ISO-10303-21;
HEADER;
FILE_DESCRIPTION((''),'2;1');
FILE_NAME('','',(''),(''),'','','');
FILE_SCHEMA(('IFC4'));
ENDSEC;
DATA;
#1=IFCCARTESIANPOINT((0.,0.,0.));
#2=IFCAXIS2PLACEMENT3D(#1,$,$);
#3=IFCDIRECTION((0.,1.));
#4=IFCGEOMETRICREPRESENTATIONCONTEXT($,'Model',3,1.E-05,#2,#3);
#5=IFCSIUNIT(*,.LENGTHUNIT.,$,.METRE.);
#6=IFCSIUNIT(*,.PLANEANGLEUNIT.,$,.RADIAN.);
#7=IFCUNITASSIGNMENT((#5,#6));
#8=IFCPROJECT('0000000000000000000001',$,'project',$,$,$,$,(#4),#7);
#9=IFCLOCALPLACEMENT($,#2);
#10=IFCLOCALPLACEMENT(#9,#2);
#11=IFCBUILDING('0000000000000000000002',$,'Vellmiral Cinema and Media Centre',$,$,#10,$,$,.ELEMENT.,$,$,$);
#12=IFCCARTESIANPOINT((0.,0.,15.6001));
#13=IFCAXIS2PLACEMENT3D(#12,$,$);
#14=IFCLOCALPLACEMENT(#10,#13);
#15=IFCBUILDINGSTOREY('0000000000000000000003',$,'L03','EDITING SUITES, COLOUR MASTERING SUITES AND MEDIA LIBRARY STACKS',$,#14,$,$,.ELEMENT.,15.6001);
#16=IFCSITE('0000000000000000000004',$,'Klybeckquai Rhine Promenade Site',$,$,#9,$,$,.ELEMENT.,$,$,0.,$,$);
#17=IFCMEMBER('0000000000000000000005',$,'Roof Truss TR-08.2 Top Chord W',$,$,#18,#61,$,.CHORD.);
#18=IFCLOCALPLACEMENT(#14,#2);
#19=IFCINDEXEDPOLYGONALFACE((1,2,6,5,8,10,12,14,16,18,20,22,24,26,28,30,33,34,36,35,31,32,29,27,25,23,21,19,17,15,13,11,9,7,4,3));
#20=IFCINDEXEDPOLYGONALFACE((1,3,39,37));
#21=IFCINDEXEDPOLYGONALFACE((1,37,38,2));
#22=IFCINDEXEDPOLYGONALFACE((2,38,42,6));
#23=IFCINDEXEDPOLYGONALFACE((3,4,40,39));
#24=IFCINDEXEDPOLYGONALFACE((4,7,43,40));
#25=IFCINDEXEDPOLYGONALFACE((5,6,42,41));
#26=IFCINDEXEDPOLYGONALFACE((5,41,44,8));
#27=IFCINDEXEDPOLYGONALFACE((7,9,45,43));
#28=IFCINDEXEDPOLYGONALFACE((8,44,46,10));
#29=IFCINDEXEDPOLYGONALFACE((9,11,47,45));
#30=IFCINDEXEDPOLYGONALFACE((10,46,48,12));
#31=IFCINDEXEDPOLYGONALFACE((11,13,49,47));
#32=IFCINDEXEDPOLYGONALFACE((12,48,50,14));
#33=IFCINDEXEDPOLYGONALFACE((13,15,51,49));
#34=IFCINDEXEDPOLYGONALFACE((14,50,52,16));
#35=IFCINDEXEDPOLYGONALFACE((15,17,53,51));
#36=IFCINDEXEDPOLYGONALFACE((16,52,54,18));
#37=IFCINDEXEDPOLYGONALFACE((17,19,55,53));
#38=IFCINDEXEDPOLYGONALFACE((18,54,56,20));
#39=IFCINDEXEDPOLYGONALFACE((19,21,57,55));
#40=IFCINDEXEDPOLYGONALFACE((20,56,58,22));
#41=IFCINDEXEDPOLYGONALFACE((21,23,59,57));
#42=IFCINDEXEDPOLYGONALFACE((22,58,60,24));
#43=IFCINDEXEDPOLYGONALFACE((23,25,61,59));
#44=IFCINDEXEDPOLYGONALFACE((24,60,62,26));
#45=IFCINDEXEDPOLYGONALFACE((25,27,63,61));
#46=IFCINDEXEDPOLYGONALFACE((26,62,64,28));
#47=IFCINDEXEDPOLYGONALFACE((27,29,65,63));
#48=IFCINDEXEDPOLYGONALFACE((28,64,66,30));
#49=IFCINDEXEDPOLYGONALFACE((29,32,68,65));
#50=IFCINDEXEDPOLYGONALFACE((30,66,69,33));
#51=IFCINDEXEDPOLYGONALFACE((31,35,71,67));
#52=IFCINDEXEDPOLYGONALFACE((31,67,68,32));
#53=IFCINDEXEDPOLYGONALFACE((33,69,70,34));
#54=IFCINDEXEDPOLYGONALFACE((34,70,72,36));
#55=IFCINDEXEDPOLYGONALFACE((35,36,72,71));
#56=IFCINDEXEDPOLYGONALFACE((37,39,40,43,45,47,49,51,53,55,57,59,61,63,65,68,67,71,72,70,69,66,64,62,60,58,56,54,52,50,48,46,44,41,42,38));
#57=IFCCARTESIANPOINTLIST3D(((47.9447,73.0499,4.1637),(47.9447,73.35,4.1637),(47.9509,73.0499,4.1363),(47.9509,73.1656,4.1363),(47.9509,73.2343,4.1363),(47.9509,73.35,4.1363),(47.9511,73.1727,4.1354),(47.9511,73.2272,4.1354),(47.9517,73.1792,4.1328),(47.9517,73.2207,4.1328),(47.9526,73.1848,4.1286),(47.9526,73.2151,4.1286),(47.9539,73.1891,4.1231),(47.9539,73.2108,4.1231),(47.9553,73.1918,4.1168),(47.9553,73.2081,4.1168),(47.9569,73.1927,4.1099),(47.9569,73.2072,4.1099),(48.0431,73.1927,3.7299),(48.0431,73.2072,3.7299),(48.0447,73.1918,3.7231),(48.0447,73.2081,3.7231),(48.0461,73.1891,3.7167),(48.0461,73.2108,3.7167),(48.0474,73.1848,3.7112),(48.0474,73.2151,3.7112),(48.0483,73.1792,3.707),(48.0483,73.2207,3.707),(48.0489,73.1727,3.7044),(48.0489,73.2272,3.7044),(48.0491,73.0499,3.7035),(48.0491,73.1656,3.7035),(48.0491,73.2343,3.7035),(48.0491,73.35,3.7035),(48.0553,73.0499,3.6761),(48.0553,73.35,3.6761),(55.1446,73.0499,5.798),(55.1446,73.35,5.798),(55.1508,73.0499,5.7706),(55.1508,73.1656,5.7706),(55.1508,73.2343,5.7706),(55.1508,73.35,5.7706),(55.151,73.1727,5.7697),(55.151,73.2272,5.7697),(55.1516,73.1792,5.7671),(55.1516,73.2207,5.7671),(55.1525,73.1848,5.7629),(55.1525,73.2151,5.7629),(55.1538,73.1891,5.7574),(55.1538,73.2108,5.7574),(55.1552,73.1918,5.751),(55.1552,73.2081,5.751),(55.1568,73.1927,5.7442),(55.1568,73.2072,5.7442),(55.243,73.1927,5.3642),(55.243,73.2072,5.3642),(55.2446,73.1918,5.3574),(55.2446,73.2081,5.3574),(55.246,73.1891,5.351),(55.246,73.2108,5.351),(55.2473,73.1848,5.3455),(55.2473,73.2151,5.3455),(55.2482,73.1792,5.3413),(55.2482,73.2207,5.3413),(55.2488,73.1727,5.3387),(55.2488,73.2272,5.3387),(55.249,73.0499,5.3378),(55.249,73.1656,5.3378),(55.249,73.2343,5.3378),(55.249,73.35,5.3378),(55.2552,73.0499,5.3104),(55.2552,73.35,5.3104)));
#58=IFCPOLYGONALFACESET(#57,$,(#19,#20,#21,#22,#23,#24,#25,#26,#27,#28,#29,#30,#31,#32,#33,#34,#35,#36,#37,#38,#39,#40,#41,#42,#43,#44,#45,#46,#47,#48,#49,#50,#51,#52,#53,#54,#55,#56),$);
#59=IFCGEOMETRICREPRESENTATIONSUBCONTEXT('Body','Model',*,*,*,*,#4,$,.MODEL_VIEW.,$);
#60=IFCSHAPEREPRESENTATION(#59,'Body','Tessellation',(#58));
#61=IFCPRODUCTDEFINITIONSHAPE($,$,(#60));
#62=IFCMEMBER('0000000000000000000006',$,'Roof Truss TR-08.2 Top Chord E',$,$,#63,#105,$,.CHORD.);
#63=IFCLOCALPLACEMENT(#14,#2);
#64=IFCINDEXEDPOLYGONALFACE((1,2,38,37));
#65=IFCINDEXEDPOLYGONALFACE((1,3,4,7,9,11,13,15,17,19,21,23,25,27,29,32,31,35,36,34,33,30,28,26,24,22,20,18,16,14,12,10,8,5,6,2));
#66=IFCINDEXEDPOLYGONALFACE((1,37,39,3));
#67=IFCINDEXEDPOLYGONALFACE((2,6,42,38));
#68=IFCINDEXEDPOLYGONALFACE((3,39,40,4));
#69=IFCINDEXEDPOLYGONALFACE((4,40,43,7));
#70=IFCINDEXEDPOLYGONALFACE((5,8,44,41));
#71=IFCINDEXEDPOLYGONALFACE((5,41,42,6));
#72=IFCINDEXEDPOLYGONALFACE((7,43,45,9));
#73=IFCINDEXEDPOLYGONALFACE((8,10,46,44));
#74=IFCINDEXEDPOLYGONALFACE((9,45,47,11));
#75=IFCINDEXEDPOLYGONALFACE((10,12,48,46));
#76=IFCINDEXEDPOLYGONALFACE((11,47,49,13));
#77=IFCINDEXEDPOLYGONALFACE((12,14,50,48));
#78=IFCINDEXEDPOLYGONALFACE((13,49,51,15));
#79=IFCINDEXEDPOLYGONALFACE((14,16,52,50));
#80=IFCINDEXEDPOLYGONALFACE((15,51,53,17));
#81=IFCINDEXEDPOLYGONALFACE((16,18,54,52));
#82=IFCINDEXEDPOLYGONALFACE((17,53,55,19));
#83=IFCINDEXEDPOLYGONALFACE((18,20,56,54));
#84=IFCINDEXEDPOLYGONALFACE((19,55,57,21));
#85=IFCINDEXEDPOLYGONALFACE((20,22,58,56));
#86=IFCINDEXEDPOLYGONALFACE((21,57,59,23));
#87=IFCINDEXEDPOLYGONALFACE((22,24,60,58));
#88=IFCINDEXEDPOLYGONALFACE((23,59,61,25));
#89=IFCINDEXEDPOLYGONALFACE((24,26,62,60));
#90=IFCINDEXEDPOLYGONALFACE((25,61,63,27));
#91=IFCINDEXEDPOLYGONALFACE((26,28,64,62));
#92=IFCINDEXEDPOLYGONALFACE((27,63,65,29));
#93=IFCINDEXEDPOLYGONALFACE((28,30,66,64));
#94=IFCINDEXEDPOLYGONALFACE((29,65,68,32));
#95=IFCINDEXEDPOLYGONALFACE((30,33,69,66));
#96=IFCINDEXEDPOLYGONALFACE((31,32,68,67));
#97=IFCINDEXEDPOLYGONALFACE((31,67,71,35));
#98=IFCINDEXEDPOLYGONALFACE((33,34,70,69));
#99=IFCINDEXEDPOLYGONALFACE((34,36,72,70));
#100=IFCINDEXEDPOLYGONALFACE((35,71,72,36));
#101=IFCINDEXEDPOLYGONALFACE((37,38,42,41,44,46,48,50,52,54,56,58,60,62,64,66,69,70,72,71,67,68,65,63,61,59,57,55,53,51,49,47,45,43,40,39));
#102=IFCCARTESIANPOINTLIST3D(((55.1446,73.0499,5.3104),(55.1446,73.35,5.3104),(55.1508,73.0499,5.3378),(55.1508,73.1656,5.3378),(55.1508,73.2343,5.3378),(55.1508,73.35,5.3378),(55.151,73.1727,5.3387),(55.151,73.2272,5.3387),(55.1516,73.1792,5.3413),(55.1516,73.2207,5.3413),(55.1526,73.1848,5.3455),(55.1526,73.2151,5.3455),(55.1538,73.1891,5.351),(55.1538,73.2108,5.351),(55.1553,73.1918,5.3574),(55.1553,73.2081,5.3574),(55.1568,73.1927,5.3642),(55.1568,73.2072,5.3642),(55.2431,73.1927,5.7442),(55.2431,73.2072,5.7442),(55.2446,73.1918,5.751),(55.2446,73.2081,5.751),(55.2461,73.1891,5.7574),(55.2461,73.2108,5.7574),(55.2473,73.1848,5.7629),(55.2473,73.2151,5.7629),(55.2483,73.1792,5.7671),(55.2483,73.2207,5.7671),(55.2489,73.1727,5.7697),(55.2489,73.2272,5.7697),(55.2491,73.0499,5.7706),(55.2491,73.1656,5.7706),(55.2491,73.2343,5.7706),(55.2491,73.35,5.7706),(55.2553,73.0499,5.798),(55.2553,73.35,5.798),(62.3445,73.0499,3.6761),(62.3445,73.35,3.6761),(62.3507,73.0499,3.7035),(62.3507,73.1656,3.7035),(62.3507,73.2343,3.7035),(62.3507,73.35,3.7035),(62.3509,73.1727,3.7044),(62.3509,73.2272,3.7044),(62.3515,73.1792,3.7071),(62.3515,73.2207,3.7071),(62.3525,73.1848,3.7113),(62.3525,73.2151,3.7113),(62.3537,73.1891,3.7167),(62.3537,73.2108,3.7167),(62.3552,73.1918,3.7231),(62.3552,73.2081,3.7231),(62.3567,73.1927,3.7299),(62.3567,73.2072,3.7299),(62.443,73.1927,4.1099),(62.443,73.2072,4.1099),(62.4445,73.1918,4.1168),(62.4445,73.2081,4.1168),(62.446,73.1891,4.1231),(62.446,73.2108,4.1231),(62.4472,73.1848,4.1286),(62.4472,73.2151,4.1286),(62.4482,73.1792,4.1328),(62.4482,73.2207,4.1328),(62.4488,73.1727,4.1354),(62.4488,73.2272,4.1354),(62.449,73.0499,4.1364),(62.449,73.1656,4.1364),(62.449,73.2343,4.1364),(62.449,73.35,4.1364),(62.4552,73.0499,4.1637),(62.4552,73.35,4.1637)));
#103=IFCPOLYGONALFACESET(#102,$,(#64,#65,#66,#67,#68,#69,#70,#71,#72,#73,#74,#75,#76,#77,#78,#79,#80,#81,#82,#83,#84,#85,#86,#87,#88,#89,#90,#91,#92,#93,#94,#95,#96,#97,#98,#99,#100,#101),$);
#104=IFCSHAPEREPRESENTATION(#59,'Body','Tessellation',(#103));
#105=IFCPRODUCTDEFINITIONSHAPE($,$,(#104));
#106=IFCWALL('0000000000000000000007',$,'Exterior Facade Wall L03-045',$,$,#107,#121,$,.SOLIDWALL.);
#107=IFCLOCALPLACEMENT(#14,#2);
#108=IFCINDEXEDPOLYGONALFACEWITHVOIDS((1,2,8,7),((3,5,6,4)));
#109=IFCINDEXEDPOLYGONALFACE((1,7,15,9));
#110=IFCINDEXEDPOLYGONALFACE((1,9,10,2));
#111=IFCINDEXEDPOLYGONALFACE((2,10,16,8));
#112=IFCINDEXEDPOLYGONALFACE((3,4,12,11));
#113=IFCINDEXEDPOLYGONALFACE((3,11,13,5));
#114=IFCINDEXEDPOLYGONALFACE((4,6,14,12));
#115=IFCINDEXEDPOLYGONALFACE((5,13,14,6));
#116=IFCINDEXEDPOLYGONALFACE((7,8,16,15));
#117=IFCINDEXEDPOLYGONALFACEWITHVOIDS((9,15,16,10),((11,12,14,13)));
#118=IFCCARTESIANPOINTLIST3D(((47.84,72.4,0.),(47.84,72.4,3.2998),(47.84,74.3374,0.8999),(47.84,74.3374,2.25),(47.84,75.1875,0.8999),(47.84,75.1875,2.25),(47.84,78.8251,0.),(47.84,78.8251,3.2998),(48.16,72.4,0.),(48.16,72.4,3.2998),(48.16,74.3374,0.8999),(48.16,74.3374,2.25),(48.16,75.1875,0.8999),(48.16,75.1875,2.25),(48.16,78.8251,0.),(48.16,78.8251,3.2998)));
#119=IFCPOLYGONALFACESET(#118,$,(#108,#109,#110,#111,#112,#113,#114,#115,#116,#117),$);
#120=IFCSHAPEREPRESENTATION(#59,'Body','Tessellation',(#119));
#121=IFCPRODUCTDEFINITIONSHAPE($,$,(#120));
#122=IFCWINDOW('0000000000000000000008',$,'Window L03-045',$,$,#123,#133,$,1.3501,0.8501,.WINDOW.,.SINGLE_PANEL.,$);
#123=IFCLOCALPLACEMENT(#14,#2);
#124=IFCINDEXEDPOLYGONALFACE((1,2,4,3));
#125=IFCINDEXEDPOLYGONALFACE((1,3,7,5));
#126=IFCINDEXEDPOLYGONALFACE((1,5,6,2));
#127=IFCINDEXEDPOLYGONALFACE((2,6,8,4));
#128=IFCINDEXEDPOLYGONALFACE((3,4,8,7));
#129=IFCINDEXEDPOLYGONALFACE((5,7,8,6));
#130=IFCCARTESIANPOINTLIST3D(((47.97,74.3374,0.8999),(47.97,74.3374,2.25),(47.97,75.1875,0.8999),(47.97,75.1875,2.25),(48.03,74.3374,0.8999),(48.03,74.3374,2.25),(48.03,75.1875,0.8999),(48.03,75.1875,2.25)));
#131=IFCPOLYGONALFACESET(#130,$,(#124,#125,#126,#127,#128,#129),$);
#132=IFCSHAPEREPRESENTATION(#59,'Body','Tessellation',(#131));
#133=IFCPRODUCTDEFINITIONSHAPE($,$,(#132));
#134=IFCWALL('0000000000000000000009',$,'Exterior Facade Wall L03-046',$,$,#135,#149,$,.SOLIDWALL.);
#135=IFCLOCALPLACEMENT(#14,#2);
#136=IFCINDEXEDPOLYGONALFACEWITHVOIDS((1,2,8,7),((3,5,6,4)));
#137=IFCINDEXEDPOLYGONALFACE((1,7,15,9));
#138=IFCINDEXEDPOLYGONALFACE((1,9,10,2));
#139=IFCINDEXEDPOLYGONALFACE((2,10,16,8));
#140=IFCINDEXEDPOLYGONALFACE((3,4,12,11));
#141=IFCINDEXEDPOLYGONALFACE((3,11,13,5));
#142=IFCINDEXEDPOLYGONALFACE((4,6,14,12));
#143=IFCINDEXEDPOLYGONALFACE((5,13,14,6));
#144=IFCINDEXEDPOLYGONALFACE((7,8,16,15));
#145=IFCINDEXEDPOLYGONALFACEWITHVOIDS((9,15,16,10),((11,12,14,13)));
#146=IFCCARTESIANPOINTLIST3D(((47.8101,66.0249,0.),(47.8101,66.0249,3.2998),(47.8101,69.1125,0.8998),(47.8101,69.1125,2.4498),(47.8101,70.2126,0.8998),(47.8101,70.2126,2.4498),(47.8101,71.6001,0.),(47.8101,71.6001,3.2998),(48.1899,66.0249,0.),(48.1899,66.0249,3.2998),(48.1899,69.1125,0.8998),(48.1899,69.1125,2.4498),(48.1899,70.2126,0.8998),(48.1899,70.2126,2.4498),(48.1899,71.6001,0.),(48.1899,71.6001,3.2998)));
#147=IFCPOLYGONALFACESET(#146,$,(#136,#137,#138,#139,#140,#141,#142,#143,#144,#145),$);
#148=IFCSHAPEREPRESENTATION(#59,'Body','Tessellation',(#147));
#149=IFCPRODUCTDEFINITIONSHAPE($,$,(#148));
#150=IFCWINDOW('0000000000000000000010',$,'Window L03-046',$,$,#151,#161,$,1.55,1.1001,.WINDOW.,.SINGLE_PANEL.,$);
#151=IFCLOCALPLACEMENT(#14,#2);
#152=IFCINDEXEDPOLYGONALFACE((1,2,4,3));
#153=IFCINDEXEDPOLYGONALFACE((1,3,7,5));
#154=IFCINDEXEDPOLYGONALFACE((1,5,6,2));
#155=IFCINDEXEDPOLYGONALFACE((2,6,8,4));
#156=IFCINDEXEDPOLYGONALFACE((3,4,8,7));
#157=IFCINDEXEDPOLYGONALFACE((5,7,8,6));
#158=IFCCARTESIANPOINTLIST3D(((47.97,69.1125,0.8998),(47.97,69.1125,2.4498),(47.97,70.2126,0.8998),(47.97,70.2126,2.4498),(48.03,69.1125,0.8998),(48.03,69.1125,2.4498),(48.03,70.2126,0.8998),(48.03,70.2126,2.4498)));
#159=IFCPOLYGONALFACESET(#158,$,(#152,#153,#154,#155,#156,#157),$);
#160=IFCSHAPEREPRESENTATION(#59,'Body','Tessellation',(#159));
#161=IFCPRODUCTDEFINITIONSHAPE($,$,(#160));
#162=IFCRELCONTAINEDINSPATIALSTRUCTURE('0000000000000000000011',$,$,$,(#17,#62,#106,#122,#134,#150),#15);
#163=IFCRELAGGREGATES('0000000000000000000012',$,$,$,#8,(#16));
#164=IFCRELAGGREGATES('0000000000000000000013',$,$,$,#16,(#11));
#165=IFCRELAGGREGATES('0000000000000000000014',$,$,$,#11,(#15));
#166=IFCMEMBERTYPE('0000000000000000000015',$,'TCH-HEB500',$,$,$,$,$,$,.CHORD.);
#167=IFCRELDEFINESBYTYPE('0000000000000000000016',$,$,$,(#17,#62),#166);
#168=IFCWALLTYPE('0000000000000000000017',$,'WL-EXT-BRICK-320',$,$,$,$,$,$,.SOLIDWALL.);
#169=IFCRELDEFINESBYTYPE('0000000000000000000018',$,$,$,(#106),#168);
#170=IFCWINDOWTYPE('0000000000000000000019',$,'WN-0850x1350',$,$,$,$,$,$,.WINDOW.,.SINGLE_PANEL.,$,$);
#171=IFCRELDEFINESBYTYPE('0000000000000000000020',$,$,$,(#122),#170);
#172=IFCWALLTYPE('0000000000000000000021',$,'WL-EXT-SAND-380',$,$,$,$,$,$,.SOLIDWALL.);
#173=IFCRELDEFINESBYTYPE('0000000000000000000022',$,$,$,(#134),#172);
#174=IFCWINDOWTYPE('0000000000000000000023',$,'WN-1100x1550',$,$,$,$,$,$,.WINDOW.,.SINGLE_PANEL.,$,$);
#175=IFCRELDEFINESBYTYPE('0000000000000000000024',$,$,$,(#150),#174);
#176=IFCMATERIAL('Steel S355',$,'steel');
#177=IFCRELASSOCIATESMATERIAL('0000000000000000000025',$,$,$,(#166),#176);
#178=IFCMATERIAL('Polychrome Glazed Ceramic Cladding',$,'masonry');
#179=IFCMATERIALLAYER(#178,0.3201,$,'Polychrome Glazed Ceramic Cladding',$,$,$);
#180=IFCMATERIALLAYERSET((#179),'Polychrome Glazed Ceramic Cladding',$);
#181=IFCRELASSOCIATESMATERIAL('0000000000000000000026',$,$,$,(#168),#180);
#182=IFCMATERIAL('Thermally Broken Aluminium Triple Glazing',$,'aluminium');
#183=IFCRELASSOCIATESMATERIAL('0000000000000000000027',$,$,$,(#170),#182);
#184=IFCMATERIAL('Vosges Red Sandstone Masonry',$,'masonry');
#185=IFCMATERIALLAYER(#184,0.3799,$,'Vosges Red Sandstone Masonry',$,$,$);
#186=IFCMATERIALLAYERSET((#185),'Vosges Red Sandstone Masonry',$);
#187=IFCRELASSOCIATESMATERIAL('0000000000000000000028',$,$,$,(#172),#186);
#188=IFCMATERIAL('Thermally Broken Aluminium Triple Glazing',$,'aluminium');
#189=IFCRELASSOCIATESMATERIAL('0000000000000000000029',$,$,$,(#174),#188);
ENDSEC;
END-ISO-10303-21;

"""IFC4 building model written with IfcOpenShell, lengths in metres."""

from ifc_helpers import new_model, si_unit, direction, frame, frame_2d, origin, origin_2d, place, context, subcontext, project, spatial, rectangle, i_section, extrude, material, layer, layer_set, material_profile, profile_set, type_object, element, fill, save


model = new_model("IFC4")

# Units and contexts
model_context = context("Model", 3, precision=1e-05, world=origin(), true_north=direction((0.0, 1.0)))
body_context = subcontext(model_context, "Body", "Model", "MODEL_VIEW")
ifc_project = project(units=[si_unit("LENGTHUNIT", "METRE"), si_unit("PLANEANGLEUNIT", "RADIAN")], contexts=[model_context])

# Site, building, storey
site_placement = place(None, origin())
site = spatial("IfcSite", under=ifc_project, at=site_placement, Name="Klybeckquai Rhine Promenade Site", CompositionType="ELEMENT", RefElevation=0.0)
building_placement = place(site_placement, origin())
building = spatial("IfcBuilding", under=site, at=building_placement, Name="Vellmiral Cinema and Media Centre", CompositionType="ELEMENT")
storey_placement = place(building_placement, frame((0.0, 0.0, 15.6001)))
storey = spatial("IfcBuildingStorey", under=building, at=storey_placement, Name="L03", Description="EDITING SUITES, COLOUR MASTERING SUITES AND MEDIA LIBRARY STACKS", CompositionType="ELEMENT", Elevation=15.6001)

# Members
ifc_material_1 = material(Name="Steel S355", Category="steel")
ifc_material_profile_1 = material_profile(ifc_material_1, i_section(OverallWidth=0.3, OverallDepth=0.5, WebThickness=0.0144, FlangeThickness=0.0281, FilletRadius=0.0271, at=origin_2d()), Name="HEB 500")
ifc_profile_set_1 = profile_set([ifc_material_profile_1], Name="Steel S355")
member_type_1 = type_object("IfcMemberType", Name="TCH-HEB500", PredefinedType="CHORD", material=ifc_profile_set_1)
for number, where, z_axis, x_axis, name in (
    (1, (48.0, 73.2, 3.9199), (0.975194, 0.0, 0.221354), (0.0, 1.0, 0.0), "Roof Truss TR-08.2 Top Chord W"),
    (2, (55.2, 73.2, 5.5542), (0.975194, 0.0, -0.221354), (0.0, 1.0, 0.0), "Roof Truss TR-08.2 Top Chord E"),
):
    element("IfcMember", number, at=place(storey_placement, frame(where, z_axis=z_axis, x_axis=x_axis)), inside=storey, type_object=member_type_1, Name=name, PredefinedType="CHORD", context=body_context, shape_type="SweptSolid", body=[
        extrude(i_section(OverallWidth=0.3, OverallDepth=0.5, WebThickness=0.0144, FlangeThickness=0.0281, FilletRadius=0.0271, at=origin_2d()), origin(), (0.0, 0.0, 1.0), 7.3831),
    ])

# Walls, openings, windows
ifc_material_2 = material(Name="Polychrome Glazed Ceramic Cladding", Category="masonry")
ifc_layer_1 = layer(ifc_material_2, 0.3201, Name="Polychrome Glazed Ceramic Cladding")
ifc_layer_set_1 = layer_set([ifc_layer_1], Name="Polychrome Glazed Ceramic Cladding")
wall_type_1 = type_object("IfcWallType", Name="WL-EXT-BRICK-320", PredefinedType="SOLIDWALL", material=ifc_layer_set_1)
wall_1_placement = place(storey_placement, frame((48.0, 78.825, 0.0), z_axis=(0.0, 0.0, 1.0), x_axis=(0.0, -1.0, 0.0)))
wall_1 = element("IfcWall", 3, at=wall_1_placement, inside=storey, type_object=wall_type_1, Name="Exterior Facade Wall L03-045", PredefinedType="SOLIDWALL", context=body_context, shape_type="SweptSolid", body=[
    extrude(rectangle(XDim=6.425, YDim=0.3201, at=frame_2d((3.2124, 0.0))), origin(), (0.0, 0.0, 1.0), 3.2998),
])
opening_1_placement = place(wall_1_placement, frame((3.6375, 0.0, 0.8999)))
opening_1 = element("IfcOpeningElement", 4, at=opening_1_placement, cuts=wall_1, PredefinedType="OPENING", context=body_context, shape_type="SweptSolid", body=[
    extrude(rectangle(XDim=0.8501, YDim=1.3501, at=frame_2d((0.425, 0.675))), frame((0.0, 0.1719, 0.0), z_axis=(0.0, -1.0, 0.0), x_axis=(1.0, 0.0, 0.0)), (0.0, 0.0, 1.0), 0.344),
])
ifc_material_3 = material(Name="Thermally Broken Aluminium Triple Glazing", Category="aluminium")
window_type_1 = type_object("IfcWindowType", Name="WN-0850x1350", PartitioningType="SINGLE_PANEL", PredefinedType="WINDOW", material=ifc_material_3)
window_1_placement = place(opening_1_placement, origin())
window_1 = element("IfcWindow", 5, at=window_1_placement, inside=storey, type_object=window_type_1, Name="Window L03-045", OverallHeight=1.3501, OverallWidth=0.8501, PartitioningType="SINGLE_PANEL", PredefinedType="WINDOW", context=body_context, shape_type="SweptSolid", body=[
    extrude(rectangle(XDim=0.8501, YDim=1.3501, at=frame_2d((0.425, 0.675))), frame((0.0, 0.03, 0.0), z_axis=(0.0, -1.0, 0.0), x_axis=(1.0, 0.0, 0.0)), (0.0, 0.0, 1.0), 0.0601),
])
fill(opening_1, window_1)
ifc_material_4 = material(Name="Vosges Red Sandstone Masonry", Category="masonry")
ifc_layer_2 = layer(ifc_material_4, 0.3799, Name="Vosges Red Sandstone Masonry")
ifc_layer_set_2 = layer_set([ifc_layer_2], Name="Vosges Red Sandstone Masonry")
wall_type_2 = type_object("IfcWallType", Name="WL-EXT-SAND-380", PredefinedType="SOLIDWALL", material=ifc_layer_set_2)
wall_2_placement = place(storey_placement, frame((48.0, 71.6001, 0.0), z_axis=(0.0, 0.0, 1.0), x_axis=(0.0, -1.0, 0.0)))
wall_2 = element("IfcWall", 6, at=wall_2_placement, inside=storey, type_object=wall_type_2, Name="Exterior Facade Wall L03-046", PredefinedType="SOLIDWALL", context=body_context, shape_type="SweptSolid", body=[
    extrude(rectangle(XDim=5.5752, YDim=0.3799, at=frame_2d((2.7876, 0.0))), origin(), (0.0, 0.0, 1.0), 3.2998),
])
opening_2_placement = place(wall_2_placement, frame((1.3875, 0.0, 0.8999)))
opening_2 = element("IfcOpeningElement", 7, at=opening_2_placement, cuts=wall_2, PredefinedType="OPENING", context=body_context, shape_type="SweptSolid", body=[
    extrude(rectangle(XDim=1.1001, YDim=1.55, at=frame_2d((0.55, 0.7749))), frame((0.0, 0.2019, 0.0), z_axis=(0.0, -1.0, 0.0), x_axis=(1.0, 0.0, 0.0)), (0.0, 0.0, 1.0), 0.4038),
])
ifc_material_5 = material(Name="Thermally Broken Aluminium Triple Glazing", Category="aluminium")
window_type_2 = type_object("IfcWindowType", Name="WN-1100x1550", PartitioningType="SINGLE_PANEL", PredefinedType="WINDOW", material=ifc_material_5)
window_2_placement = place(opening_2_placement, origin())
window_2 = element("IfcWindow", 8, at=window_2_placement, inside=storey, type_object=window_type_2, Name="Window L03-046", OverallHeight=1.55, OverallWidth=1.1001, PartitioningType="SINGLE_PANEL", PredefinedType="WINDOW", context=body_context, shape_type="SweptSolid", body=[
    extrude(rectangle(XDim=1.1001, YDim=1.55, at=frame_2d((0.55, 0.7749))), frame((0.0, 0.03, 0.0), z_axis=(0.0, -1.0, 0.0), x_axis=(1.0, 0.0, 0.0)), (0.0, 0.0, 1.0), 0.0601),
])
fill(opening_2, window_2)

save(model, "model.ifc")
